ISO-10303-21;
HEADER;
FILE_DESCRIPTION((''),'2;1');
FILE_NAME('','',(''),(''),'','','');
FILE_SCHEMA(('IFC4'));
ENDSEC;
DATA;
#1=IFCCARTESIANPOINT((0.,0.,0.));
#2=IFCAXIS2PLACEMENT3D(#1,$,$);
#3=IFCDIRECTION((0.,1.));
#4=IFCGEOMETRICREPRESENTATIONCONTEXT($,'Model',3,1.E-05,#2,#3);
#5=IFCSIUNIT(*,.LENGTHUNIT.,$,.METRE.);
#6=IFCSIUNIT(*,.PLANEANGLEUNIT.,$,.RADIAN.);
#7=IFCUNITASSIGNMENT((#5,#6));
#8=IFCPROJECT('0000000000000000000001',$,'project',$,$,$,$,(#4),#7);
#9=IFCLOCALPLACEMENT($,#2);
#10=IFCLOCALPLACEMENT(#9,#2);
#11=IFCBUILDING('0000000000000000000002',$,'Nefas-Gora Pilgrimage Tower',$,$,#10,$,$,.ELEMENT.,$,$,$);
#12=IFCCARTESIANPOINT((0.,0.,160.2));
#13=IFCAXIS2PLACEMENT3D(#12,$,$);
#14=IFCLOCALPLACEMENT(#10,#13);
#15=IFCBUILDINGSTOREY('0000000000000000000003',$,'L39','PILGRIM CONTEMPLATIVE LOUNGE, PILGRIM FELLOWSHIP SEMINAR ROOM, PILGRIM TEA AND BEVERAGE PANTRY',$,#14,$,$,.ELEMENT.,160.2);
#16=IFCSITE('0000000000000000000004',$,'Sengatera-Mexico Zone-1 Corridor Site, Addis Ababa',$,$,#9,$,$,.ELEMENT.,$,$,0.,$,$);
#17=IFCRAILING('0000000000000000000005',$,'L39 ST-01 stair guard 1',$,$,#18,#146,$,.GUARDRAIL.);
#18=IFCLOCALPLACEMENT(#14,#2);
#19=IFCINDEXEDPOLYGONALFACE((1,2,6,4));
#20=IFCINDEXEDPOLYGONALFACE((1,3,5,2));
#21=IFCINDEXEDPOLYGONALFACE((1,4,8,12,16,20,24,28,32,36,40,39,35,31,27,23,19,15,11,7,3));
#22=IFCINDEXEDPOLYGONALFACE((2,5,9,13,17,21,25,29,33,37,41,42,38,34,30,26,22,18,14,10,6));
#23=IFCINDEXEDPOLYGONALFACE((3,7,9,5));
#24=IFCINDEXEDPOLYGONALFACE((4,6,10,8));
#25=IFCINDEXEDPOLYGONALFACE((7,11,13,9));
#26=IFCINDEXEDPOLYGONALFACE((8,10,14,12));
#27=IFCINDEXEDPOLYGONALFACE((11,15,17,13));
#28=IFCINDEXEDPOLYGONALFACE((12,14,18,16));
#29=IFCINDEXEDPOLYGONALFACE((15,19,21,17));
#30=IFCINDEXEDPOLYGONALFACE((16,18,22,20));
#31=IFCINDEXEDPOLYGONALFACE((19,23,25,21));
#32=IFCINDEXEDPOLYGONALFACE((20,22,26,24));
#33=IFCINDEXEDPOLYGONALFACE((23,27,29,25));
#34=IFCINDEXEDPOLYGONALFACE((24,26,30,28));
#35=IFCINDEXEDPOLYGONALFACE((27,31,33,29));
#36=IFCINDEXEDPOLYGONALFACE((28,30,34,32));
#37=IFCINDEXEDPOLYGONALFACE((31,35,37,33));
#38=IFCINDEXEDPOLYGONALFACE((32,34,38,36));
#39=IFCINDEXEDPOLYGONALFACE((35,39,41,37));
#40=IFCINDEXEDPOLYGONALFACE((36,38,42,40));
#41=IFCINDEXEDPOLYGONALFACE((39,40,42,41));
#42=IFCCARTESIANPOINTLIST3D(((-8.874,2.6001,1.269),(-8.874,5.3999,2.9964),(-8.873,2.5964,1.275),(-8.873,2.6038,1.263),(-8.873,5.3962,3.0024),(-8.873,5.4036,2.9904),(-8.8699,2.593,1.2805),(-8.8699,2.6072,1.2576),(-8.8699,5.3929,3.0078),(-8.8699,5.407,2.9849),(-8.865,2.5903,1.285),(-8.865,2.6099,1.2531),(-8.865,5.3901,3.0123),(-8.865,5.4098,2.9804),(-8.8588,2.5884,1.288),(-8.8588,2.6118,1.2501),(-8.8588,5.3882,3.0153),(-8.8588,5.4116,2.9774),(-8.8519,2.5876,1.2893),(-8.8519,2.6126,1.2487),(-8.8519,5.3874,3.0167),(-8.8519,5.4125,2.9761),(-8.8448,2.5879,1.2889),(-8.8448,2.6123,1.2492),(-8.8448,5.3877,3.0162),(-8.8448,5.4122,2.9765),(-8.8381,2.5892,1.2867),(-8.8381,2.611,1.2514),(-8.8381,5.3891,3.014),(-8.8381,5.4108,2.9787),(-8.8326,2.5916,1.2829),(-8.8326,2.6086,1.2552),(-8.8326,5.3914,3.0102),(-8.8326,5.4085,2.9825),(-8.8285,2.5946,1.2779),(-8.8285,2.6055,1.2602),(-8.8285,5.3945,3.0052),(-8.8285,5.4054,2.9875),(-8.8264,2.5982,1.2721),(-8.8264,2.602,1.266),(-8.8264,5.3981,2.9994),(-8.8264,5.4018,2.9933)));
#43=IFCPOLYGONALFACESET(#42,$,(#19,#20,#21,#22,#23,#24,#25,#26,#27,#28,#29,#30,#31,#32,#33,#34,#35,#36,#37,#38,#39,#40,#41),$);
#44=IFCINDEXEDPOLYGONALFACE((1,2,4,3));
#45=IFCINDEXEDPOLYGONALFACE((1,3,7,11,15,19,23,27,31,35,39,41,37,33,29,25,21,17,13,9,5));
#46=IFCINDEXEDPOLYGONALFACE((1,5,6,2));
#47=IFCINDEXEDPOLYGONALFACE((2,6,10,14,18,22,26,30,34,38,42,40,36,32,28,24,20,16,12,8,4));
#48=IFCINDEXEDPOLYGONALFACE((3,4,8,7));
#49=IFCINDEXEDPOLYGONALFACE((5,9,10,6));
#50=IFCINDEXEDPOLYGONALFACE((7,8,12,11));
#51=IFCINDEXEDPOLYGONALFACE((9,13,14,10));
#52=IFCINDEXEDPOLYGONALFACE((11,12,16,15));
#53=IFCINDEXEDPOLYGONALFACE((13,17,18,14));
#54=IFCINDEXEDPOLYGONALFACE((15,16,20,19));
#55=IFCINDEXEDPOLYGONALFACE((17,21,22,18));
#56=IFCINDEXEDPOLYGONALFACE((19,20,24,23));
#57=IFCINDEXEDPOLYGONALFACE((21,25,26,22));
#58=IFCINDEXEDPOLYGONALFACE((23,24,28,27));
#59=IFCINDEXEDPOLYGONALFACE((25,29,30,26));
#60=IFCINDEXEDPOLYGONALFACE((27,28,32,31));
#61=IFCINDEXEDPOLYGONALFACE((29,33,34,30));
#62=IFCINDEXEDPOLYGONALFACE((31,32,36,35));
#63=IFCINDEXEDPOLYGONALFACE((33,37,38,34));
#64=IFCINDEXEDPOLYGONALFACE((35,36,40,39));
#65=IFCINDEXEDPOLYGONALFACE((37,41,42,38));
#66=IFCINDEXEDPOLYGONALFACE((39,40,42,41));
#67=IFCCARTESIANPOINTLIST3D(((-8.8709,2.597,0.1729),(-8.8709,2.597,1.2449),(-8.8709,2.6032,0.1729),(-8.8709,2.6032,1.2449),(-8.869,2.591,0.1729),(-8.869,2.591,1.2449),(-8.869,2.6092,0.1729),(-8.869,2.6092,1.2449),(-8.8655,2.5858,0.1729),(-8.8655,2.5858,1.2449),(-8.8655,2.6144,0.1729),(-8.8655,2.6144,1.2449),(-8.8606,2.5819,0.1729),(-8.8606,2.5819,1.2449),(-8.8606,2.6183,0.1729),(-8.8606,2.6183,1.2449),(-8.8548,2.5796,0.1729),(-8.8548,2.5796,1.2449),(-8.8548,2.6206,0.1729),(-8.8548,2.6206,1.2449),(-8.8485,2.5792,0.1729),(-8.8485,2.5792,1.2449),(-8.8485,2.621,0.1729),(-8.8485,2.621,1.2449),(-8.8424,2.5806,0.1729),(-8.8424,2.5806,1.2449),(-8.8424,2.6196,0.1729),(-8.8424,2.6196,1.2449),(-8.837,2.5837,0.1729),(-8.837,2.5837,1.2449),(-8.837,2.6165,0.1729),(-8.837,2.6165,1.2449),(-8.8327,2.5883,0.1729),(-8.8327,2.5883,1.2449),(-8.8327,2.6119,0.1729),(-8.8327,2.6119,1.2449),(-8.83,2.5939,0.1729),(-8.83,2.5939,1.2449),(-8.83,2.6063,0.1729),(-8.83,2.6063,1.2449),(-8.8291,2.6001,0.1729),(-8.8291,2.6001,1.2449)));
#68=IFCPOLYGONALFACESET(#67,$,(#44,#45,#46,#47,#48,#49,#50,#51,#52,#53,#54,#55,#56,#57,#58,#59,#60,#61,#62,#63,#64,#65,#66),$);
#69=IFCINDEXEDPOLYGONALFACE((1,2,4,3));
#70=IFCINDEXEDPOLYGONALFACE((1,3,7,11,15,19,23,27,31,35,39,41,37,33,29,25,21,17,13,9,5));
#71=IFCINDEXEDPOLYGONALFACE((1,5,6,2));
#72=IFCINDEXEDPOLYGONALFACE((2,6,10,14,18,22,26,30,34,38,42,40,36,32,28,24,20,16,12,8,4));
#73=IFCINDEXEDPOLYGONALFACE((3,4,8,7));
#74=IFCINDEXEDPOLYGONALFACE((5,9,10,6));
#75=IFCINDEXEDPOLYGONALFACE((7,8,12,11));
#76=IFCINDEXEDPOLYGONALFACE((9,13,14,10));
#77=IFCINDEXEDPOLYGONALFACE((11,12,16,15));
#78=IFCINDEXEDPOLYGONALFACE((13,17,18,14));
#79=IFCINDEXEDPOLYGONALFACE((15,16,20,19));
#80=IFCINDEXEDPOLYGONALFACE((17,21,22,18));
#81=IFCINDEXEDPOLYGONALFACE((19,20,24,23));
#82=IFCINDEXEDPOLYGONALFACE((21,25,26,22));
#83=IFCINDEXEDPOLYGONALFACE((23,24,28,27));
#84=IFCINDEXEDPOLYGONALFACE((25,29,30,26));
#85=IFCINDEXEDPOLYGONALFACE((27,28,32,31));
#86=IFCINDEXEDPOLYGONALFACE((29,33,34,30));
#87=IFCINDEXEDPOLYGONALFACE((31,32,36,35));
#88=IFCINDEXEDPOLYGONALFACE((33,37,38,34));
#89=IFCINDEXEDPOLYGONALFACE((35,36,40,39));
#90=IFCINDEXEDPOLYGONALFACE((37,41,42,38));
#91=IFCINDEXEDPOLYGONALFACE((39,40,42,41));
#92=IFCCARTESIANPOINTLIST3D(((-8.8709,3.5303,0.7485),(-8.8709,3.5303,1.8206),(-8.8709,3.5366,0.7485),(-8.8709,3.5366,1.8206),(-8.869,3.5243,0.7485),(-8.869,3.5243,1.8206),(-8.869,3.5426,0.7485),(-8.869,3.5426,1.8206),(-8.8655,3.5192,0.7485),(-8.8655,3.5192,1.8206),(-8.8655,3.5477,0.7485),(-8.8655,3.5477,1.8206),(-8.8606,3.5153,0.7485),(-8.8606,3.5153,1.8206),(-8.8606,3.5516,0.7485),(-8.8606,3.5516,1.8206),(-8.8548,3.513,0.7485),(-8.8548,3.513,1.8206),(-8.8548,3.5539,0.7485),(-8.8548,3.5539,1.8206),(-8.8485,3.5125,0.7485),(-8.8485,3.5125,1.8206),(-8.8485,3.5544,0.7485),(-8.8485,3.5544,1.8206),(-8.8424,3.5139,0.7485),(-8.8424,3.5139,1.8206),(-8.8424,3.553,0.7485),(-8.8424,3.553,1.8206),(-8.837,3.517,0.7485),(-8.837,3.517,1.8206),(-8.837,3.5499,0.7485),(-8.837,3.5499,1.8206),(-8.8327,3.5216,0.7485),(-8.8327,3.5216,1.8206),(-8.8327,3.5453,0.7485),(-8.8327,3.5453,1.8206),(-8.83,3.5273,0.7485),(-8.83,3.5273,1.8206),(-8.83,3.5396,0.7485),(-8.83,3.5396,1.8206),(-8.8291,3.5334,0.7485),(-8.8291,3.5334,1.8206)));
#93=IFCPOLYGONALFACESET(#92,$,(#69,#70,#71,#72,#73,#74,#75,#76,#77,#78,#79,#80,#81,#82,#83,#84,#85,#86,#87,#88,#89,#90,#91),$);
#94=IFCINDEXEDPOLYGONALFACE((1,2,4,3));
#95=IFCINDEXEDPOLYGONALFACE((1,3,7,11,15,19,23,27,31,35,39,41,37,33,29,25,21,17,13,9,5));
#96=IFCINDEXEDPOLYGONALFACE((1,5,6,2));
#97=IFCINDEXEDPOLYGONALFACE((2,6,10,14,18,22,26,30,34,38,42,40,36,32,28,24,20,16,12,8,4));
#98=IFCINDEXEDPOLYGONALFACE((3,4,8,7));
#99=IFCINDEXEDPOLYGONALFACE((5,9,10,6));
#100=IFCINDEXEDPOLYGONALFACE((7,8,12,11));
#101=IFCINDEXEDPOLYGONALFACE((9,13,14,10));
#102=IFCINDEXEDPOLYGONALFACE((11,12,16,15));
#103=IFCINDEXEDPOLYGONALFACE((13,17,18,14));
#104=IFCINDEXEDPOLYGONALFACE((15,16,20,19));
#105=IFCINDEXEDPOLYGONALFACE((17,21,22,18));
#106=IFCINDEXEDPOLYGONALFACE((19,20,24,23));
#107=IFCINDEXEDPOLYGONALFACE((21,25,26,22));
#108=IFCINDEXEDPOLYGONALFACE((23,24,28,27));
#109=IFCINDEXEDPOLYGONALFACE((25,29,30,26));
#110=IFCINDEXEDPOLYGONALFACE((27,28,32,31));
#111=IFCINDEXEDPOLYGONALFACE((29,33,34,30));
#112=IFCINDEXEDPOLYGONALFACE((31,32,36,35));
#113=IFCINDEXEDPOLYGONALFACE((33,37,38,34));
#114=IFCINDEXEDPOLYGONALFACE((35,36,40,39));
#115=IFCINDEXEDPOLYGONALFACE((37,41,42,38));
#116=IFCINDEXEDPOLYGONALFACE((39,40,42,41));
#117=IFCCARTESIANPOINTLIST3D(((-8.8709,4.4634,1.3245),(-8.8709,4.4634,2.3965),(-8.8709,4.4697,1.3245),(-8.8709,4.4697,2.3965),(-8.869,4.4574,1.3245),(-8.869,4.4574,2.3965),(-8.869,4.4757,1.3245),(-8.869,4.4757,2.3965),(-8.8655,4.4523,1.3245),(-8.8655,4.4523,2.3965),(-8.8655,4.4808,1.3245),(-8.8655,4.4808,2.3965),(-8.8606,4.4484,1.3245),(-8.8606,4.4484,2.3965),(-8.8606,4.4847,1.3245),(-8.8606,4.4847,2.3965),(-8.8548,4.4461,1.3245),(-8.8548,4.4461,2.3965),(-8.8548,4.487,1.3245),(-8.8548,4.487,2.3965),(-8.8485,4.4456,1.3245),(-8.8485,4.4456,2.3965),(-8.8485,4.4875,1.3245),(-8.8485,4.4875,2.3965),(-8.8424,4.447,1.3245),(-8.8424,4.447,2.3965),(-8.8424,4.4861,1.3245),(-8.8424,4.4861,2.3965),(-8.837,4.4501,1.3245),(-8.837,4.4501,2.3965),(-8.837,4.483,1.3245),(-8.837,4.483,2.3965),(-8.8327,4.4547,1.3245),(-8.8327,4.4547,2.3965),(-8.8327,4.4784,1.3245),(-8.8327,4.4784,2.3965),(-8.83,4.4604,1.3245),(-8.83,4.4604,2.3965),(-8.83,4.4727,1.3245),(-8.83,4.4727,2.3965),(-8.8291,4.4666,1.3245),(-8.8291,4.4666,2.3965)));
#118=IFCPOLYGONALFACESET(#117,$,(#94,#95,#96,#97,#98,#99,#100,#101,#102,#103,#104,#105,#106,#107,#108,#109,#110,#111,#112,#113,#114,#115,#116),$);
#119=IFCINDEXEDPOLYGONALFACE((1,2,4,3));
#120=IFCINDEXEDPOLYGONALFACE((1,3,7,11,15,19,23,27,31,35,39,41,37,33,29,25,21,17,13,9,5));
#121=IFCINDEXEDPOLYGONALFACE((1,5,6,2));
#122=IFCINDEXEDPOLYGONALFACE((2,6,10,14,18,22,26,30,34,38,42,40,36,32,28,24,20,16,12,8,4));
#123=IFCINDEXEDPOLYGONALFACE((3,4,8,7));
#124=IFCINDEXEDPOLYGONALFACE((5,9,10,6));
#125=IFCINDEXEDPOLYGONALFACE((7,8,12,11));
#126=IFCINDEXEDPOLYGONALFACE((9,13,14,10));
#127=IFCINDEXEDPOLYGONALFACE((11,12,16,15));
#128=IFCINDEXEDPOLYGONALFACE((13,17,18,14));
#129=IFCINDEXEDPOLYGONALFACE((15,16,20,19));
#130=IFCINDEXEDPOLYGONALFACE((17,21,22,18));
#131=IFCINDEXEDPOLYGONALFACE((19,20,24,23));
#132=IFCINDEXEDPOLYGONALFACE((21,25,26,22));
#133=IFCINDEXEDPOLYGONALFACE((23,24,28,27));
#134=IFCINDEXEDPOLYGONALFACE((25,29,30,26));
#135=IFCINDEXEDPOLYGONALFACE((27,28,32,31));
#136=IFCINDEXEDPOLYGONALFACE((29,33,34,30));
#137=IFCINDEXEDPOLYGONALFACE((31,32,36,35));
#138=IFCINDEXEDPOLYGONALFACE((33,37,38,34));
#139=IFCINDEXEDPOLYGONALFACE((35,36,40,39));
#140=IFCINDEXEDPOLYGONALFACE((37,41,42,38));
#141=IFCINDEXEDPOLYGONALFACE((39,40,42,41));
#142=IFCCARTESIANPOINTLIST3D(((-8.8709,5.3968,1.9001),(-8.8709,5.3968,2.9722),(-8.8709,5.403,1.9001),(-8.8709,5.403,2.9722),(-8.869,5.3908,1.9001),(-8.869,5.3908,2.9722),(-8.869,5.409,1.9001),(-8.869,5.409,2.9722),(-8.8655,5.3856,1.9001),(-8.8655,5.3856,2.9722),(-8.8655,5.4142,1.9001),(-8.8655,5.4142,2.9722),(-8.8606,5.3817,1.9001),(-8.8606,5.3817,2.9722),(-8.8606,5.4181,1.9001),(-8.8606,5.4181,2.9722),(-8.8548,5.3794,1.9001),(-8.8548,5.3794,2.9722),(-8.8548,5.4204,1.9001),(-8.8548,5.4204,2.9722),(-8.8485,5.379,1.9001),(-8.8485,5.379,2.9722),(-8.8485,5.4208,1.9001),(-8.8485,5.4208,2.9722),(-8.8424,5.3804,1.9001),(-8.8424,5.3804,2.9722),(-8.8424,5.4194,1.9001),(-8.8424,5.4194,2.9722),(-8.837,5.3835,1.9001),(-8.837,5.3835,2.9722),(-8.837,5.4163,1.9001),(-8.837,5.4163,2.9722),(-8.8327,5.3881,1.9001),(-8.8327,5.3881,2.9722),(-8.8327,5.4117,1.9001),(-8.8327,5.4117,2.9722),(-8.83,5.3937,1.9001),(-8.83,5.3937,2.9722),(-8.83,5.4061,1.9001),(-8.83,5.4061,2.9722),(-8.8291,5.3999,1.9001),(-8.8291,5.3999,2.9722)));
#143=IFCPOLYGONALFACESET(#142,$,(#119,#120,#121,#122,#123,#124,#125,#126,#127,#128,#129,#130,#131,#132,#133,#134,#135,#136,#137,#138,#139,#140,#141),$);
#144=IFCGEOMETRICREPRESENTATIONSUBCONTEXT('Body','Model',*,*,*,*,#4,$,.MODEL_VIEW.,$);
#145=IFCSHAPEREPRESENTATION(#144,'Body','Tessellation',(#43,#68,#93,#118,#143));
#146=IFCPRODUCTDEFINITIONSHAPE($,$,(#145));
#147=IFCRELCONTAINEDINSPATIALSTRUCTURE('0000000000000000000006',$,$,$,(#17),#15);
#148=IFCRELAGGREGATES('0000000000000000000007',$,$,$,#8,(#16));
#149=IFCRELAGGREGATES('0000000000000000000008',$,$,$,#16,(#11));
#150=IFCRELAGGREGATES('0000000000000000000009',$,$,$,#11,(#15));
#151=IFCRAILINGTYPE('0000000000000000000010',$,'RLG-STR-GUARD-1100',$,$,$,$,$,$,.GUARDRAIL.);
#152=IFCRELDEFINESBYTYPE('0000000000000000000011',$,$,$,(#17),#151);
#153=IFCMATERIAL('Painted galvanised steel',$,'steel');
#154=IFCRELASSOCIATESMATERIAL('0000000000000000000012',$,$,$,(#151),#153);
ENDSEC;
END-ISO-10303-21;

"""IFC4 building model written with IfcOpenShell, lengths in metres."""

from ifc_helpers import new_model, si_unit, direction, frame, origin, origin_2d, place, context, subcontext, project, spatial, circle, extrude, material, type_object, element, save


model = new_model("IFC4")

# Units and contexts
model_context = context("Model", 3, precision=1e-05, world=origin(), true_north=direction((0.0, 1.0)))
body_context = subcontext(model_context, "Body", "Model", "MODEL_VIEW")
ifc_project = project(units=[si_unit("LENGTHUNIT", "METRE"), si_unit("PLANEANGLEUNIT", "RADIAN")], contexts=[model_context])

# Site, building, storey
site_placement = place(None, origin())
site = spatial("IfcSite", under=ifc_project, at=site_placement, Name="Sengatera-Mexico Zone-1 Corridor Site, Addis Ababa", CompositionType="ELEMENT", RefElevation=0.0)
building_placement = place(site_placement, origin())
building = spatial("IfcBuilding", under=site, at=building_placement, Name="Nefas-Gora Pilgrimage Tower", CompositionType="ELEMENT")
storey_placement = place(building_placement, frame((0.0, 0.0, 160.2)))
storey = spatial("IfcBuildingStorey", under=building, at=storey_placement, Name="L39", Description="PILGRIM CONTEMPLATIVE LOUNGE, PILGRIM FELLOWSHIP SEMINAR ROOM, PILGRIM TEA AND BEVERAGE PANTRY", CompositionType="ELEMENT", Elevation=160.2)

# Railing
ifc_material_1 = material(Name="Painted galvanised steel", Category="steel")
railing_type_1 = type_object("IfcRailingType", Name="RLG-STR-GUARD-1100", PredefinedType="GUARDRAIL", material=ifc_material_1)
railing_1_placement = place(storey_placement, frame((-8.8501, 2.6001, 0.1729)))
element("IfcRailing", 1, at=railing_1_placement, inside=storey, type_object=railing_type_1, Name="L39 ST-01 stair guard 1", PredefinedType="GUARDRAIL", context=body_context, shape_type="SweptSolid", body=[
    extrude(circle(Radius=0.0239, at=origin_2d()), frame((0.0, 0.0, 1.0962), z_axis=(0.0, 0.851069, 0.525054), x_axis=(-1.0, 0.0, 0.0)), (0.0, 0.0, 1.0), 3.2898),
    extrude(circle(Radius=0.021, at=origin_2d()), origin(), (0.0, 0.0, 1.0), 1.072),
    extrude(circle(Radius=0.021, at=origin_2d()), frame((0.0, 0.9333, 0.5757)), (0.0, 0.0, 1.0), 1.072),
    extrude(circle(Radius=0.021, at=origin_2d()), frame((0.0, 1.8665, 1.1516)), (0.0, 0.0, 1.0), 1.072),
    extrude(circle(Radius=0.021, at=origin_2d()), frame((0.0, 2.7998, 1.7273)), (0.0, 0.0, 1.0), 1.072),
])

save(model, "model.ifc")
